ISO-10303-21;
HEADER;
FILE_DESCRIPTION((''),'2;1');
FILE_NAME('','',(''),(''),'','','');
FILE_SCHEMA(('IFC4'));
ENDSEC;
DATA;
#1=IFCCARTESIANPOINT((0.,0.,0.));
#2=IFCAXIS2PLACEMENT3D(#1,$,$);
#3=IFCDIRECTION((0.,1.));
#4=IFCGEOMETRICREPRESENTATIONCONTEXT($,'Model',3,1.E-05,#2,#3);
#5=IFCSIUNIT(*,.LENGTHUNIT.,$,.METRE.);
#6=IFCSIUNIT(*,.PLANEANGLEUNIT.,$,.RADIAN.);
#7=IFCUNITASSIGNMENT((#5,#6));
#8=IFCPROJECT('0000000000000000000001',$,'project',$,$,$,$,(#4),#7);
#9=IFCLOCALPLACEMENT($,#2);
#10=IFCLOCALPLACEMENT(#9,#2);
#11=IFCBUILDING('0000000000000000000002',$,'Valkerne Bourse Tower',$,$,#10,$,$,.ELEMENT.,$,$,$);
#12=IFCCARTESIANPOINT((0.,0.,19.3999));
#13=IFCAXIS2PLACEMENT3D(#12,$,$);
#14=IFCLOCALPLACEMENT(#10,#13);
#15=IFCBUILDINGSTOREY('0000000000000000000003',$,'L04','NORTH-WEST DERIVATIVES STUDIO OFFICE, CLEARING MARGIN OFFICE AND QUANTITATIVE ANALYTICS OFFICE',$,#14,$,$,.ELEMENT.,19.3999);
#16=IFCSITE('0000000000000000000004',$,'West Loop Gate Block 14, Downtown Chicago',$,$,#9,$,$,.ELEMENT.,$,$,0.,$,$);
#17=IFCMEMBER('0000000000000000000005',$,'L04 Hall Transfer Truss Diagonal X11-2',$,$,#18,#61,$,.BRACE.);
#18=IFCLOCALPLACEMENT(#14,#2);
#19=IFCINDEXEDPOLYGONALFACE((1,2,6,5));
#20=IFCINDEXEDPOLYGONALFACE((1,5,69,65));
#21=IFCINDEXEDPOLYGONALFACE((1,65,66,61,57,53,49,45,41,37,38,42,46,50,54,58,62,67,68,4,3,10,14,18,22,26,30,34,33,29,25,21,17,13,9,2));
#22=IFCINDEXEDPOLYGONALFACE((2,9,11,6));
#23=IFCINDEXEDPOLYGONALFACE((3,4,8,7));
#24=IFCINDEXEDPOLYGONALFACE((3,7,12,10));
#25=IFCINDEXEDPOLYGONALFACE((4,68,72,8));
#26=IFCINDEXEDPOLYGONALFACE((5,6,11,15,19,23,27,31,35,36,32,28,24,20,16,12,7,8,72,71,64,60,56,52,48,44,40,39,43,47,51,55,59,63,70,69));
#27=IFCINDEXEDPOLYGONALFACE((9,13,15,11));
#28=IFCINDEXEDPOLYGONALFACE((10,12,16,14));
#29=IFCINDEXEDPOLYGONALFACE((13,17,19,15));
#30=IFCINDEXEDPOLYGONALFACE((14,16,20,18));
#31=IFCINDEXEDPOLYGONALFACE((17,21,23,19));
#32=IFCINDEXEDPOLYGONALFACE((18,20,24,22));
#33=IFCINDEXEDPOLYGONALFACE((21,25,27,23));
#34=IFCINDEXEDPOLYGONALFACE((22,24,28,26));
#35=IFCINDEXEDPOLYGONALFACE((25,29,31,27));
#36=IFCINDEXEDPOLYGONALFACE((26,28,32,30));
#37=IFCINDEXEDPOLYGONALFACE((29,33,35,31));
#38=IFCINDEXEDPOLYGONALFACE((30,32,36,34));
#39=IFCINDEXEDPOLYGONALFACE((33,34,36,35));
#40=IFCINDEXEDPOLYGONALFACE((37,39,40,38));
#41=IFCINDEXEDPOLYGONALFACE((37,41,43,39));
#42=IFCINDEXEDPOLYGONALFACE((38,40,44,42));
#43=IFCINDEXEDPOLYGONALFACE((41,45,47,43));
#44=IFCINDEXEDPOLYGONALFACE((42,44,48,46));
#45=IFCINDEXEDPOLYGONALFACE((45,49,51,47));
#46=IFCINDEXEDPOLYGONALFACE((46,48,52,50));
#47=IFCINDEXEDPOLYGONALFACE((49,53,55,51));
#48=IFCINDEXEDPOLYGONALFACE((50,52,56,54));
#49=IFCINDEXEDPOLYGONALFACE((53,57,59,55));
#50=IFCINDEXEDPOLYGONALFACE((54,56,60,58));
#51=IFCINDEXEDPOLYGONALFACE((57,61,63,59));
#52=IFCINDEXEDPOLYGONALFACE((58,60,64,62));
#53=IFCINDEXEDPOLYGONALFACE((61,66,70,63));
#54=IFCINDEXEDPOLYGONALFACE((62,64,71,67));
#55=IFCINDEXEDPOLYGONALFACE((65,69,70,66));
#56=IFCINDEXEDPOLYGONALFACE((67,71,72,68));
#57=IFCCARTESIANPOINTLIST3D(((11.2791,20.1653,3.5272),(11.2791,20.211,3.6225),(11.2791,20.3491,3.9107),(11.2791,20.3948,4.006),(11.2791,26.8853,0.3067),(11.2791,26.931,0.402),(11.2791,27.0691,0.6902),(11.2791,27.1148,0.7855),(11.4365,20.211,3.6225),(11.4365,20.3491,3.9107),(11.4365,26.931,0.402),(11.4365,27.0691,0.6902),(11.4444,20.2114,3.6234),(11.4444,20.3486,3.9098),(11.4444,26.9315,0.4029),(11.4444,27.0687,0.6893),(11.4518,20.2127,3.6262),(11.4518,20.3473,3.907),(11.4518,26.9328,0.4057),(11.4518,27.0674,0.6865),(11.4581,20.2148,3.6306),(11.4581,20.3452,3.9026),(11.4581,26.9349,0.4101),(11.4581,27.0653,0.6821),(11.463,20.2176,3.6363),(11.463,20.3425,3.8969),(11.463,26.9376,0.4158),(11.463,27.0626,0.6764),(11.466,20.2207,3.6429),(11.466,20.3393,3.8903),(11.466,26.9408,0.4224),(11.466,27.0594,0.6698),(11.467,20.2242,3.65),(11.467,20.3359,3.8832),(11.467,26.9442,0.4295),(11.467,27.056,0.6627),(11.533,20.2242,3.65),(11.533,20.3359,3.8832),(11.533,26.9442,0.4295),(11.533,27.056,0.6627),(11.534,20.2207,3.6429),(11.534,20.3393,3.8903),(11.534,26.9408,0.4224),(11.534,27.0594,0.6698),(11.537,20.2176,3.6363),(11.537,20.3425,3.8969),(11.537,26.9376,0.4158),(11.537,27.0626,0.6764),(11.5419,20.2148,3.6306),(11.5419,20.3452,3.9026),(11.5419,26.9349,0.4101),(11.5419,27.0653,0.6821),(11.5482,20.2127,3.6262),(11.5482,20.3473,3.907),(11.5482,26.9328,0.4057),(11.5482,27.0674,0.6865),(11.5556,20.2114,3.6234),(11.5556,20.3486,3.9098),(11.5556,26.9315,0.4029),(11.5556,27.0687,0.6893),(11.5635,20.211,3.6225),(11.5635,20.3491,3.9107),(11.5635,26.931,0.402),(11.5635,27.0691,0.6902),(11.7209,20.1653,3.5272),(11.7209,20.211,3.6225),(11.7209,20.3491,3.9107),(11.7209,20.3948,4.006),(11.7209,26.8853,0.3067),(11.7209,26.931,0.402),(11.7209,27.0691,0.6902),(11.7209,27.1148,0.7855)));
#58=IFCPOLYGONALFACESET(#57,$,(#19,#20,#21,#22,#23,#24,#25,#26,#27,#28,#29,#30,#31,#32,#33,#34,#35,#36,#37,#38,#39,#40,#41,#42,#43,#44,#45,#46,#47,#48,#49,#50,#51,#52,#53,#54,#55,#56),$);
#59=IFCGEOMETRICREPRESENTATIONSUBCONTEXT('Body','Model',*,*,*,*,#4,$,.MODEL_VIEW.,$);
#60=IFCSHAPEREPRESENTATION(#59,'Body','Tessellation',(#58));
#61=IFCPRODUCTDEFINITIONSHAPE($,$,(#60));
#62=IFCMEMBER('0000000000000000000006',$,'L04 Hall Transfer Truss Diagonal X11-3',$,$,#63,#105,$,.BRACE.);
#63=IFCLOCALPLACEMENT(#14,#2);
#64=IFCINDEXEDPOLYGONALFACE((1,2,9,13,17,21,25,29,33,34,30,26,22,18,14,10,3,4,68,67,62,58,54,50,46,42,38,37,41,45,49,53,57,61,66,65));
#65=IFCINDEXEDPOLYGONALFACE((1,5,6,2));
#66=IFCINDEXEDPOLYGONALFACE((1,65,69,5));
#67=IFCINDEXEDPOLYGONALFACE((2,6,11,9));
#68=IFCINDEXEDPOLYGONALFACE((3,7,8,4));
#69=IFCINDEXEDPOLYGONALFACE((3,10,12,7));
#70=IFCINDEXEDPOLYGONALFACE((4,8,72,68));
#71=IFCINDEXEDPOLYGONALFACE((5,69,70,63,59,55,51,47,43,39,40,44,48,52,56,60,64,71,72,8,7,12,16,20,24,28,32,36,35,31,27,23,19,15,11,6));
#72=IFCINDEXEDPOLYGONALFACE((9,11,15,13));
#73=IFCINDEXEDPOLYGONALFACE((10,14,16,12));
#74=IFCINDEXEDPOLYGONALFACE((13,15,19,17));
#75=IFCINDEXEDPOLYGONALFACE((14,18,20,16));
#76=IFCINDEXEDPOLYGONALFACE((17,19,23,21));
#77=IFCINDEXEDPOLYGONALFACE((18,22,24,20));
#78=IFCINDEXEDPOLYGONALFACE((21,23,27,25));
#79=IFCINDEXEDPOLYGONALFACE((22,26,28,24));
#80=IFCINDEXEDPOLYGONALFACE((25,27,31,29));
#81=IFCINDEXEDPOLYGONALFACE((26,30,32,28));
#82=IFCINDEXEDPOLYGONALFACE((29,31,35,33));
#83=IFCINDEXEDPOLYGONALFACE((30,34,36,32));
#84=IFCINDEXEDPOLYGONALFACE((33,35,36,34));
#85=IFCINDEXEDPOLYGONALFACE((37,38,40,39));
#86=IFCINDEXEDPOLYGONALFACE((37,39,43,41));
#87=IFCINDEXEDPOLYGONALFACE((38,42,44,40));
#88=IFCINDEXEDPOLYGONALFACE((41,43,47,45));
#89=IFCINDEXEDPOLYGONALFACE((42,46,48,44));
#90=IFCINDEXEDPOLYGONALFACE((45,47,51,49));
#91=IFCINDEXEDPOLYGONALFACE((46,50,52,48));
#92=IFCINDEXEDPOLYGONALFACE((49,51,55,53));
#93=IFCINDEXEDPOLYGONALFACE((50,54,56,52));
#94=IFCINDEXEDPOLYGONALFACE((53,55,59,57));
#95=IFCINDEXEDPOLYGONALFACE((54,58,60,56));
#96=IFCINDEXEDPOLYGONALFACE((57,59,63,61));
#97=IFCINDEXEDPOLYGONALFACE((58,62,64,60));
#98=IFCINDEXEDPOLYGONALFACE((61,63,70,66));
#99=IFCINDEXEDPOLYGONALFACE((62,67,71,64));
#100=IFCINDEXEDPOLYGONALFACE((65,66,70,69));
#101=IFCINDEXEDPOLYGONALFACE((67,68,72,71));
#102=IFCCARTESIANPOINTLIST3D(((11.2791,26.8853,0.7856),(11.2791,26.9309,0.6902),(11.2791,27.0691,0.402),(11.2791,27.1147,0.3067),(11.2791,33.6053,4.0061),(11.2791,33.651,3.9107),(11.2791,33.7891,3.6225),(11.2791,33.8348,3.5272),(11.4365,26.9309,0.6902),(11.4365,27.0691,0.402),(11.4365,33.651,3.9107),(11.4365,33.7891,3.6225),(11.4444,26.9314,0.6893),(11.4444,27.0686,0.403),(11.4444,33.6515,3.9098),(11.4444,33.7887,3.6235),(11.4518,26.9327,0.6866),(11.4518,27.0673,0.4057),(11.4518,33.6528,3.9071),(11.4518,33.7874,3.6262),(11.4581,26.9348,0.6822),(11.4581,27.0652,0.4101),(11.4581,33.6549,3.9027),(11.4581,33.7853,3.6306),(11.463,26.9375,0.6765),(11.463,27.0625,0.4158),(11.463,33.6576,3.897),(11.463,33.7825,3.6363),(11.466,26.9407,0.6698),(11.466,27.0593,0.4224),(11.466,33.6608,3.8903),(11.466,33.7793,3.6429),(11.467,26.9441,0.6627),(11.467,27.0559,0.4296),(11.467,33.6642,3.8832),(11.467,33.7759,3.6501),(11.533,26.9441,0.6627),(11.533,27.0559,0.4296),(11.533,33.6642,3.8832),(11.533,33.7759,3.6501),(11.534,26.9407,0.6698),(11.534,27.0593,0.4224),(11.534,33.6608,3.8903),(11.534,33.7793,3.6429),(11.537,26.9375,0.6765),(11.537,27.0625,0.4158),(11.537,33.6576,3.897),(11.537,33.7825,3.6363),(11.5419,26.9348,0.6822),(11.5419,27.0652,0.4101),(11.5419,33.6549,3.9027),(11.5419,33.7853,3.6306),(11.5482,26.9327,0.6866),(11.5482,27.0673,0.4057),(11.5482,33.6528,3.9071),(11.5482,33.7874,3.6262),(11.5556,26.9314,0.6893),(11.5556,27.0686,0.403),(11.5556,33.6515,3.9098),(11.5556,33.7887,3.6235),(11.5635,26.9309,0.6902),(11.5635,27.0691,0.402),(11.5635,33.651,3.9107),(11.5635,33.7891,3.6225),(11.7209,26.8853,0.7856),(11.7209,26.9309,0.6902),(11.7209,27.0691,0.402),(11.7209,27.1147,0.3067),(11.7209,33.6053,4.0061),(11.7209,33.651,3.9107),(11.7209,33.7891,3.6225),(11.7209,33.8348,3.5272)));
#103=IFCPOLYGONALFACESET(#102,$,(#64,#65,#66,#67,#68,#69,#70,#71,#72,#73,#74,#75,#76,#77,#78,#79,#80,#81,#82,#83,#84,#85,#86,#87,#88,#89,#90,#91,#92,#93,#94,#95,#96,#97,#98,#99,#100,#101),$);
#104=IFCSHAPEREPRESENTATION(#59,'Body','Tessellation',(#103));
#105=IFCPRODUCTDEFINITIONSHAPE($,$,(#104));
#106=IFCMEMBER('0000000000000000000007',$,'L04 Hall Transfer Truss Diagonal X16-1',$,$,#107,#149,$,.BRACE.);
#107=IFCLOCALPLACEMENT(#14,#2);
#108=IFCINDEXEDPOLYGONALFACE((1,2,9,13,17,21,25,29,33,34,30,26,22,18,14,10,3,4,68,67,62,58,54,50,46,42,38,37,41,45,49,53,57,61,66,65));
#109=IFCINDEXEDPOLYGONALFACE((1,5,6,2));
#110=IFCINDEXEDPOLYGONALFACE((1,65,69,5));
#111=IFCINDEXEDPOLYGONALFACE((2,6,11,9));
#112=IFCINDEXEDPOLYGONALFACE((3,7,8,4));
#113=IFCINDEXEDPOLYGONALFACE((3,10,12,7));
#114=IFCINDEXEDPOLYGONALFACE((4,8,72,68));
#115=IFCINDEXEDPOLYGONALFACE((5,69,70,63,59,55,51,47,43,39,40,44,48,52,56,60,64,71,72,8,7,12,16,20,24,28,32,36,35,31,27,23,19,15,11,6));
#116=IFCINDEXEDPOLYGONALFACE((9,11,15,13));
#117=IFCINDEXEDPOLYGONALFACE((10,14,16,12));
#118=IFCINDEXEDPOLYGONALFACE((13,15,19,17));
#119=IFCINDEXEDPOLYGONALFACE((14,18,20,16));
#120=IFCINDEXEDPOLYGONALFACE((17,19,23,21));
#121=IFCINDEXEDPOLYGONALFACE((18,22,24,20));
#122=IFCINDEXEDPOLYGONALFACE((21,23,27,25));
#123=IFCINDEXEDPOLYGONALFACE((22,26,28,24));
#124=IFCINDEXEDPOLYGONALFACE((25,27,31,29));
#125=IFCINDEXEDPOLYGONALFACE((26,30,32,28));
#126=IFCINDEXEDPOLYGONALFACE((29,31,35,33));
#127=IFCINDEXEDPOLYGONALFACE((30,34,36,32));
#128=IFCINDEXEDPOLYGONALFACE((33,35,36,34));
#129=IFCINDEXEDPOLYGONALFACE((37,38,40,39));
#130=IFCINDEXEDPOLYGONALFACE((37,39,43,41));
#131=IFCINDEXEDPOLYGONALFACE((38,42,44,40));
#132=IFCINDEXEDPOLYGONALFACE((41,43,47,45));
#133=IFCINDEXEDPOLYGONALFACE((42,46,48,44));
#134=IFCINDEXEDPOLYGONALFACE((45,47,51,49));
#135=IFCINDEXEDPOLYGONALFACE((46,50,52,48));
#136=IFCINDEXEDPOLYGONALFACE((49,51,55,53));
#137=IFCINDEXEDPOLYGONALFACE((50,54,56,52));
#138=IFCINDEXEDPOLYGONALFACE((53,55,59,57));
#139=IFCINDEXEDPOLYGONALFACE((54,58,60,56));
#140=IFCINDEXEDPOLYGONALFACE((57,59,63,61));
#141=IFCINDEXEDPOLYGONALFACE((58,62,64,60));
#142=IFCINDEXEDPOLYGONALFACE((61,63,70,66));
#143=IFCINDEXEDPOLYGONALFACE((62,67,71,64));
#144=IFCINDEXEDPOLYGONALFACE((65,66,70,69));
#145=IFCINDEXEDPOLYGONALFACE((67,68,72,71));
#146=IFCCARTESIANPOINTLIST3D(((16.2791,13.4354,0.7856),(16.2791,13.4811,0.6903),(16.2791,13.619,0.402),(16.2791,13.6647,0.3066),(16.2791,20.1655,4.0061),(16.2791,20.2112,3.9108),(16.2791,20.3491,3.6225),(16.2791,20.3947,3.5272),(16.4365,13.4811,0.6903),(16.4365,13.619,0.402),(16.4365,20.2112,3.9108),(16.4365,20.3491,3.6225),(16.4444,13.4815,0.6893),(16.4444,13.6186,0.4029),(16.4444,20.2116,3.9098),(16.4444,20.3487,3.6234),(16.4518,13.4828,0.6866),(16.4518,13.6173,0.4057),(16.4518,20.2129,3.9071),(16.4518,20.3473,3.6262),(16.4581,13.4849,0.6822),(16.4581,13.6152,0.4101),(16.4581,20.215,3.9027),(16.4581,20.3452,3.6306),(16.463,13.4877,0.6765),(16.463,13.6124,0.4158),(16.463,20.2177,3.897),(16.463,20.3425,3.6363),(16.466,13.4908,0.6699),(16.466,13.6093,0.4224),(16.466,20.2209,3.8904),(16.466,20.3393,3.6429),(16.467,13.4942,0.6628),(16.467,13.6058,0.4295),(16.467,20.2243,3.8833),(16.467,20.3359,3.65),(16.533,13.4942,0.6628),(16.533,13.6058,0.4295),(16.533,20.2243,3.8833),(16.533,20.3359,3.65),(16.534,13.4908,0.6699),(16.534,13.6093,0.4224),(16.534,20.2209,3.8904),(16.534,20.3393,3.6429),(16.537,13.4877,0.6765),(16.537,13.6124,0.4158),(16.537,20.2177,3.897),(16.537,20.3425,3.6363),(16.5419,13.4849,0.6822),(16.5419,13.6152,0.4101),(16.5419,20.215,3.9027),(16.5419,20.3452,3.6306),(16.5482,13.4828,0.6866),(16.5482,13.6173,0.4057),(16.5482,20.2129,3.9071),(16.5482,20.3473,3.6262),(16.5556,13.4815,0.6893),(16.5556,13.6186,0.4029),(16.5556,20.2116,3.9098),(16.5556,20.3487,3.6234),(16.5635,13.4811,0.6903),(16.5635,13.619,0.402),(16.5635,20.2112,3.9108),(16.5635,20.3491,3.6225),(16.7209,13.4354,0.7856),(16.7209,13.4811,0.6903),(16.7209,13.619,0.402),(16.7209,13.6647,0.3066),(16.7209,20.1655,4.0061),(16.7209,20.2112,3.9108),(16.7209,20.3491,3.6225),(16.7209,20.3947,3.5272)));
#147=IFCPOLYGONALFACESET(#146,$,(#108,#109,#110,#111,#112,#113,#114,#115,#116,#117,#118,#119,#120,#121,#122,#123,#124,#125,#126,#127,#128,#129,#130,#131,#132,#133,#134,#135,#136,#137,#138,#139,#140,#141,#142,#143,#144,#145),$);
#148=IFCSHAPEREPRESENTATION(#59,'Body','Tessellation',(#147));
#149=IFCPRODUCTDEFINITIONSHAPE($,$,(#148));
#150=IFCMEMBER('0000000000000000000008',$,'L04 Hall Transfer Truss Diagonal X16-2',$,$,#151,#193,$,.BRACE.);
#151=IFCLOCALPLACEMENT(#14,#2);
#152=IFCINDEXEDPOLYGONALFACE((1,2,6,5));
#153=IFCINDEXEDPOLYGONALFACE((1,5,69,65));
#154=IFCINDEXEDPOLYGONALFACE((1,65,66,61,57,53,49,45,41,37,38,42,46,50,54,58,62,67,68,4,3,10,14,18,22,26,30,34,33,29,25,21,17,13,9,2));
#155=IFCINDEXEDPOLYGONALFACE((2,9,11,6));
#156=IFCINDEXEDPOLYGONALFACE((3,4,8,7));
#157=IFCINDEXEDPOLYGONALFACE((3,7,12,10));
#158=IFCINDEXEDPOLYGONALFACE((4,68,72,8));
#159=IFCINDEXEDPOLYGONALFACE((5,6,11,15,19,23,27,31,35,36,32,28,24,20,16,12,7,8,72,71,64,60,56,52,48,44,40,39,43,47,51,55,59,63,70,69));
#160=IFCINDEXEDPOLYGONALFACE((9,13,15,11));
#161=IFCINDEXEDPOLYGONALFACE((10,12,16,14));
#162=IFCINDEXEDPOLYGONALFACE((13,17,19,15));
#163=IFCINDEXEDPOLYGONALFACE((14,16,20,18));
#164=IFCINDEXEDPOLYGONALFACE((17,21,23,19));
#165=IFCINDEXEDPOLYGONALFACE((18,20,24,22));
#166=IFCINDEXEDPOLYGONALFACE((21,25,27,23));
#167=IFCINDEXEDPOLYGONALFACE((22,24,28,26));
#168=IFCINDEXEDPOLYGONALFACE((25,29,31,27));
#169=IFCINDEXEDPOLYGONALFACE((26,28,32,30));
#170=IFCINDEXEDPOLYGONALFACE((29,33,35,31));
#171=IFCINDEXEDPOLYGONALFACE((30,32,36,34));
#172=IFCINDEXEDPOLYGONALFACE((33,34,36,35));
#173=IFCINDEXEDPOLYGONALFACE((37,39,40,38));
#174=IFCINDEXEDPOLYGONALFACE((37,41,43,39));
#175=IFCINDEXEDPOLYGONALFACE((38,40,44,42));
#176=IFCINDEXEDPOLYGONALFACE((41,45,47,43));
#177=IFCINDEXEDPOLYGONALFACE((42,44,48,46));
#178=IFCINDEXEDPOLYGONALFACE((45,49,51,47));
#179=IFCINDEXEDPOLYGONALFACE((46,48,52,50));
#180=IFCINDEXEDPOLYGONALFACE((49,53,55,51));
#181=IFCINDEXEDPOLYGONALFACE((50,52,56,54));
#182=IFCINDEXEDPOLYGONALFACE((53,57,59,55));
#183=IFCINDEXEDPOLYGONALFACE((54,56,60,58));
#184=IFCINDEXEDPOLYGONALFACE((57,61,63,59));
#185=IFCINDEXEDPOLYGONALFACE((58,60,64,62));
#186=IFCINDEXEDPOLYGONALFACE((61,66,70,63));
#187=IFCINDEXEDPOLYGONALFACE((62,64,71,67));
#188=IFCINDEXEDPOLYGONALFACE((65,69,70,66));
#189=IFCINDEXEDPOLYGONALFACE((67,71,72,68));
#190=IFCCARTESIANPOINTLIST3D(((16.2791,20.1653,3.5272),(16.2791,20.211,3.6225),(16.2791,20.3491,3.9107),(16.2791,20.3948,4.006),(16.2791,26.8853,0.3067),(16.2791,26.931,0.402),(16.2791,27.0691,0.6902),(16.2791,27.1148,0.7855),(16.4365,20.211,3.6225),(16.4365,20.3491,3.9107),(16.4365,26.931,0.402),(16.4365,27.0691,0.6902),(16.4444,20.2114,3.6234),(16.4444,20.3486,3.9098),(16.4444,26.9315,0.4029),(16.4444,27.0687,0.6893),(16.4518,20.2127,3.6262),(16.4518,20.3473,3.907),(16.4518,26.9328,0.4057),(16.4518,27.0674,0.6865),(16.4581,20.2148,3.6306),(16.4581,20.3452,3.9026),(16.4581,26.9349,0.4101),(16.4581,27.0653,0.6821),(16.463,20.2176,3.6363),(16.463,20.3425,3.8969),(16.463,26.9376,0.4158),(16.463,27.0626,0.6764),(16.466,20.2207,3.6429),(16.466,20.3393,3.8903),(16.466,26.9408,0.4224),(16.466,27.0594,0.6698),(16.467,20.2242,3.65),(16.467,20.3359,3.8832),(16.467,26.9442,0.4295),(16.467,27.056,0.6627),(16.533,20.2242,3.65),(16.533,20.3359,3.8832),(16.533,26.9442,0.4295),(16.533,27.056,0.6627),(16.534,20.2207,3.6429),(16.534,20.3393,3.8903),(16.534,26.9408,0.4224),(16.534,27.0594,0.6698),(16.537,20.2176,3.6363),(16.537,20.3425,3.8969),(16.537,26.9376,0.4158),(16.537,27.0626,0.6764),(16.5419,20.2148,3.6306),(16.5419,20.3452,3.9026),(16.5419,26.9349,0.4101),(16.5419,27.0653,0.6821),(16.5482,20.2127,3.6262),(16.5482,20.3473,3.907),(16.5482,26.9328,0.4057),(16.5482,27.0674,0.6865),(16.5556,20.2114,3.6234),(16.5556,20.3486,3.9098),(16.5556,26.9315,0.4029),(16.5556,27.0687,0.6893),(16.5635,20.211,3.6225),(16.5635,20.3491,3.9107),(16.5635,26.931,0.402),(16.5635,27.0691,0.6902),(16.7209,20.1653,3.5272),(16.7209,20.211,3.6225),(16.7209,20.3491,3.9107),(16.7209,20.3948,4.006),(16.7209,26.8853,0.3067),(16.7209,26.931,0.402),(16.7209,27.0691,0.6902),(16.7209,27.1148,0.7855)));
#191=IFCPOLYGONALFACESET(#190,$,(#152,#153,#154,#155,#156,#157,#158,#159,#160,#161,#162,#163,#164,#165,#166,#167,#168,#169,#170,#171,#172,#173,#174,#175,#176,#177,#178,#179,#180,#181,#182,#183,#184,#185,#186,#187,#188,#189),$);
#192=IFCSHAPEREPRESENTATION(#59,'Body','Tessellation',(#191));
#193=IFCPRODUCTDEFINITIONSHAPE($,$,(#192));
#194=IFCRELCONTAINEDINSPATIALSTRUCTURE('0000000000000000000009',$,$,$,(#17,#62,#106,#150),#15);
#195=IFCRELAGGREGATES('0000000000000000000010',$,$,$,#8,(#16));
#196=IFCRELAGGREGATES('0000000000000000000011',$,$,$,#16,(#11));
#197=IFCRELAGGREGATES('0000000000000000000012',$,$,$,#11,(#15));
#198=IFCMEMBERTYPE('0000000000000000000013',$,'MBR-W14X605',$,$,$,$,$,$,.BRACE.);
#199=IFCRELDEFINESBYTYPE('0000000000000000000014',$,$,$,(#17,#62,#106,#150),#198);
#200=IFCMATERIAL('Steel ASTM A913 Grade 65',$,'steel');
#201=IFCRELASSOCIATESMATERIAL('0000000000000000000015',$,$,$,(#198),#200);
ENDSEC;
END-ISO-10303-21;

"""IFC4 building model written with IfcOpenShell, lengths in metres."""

from ifc_helpers import new_model, si_unit, direction, frame, origin, origin_2d, place, context, subcontext, project, spatial, i_section, extrude, material, material_profile, profile_set, type_object, element, save


model = new_model("IFC4")

# Units and contexts
model_context = context("Model", 3, precision=1e-05, world=origin(), true_north=direction((0.0, 1.0)))
body_context = subcontext(model_context, "Body", "Model", "MODEL_VIEW")
ifc_project = project(units=[si_unit("LENGTHUNIT", "METRE"), si_unit("PLANEANGLEUNIT", "RADIAN")], contexts=[model_context])

# Site, building, storey
site_placement = place(None, origin())
site = spatial("IfcSite", under=ifc_project, at=site_placement, Name="West Loop Gate Block 14, Downtown Chicago", CompositionType="ELEMENT", RefElevation=0.0)
building_placement = place(site_placement, origin())
building = spatial("IfcBuilding", under=site, at=building_placement, Name="Valkerne Bourse Tower", CompositionType="ELEMENT")
storey_placement = place(building_placement, frame((0.0, 0.0, 19.3999)))
storey = spatial("IfcBuildingStorey", under=building, at=storey_placement, Name="L04", Description="NORTH-WEST DERIVATIVES STUDIO OFFICE, CLEARING MARGIN OFFICE AND QUANTITATIVE ANALYTICS OFFICE", CompositionType="ELEMENT", Elevation=19.3999)

# Shared definitions
ifc_material_1 = material(Name="Steel ASTM A913 Grade 65", Category="steel")

# Members
ifc_material_profile_1 = material_profile(ifc_material_1, i_section(OverallWidth=0.4419, OverallDepth=0.531, WebThickness=0.0659, FlangeThickness=0.1057, FilletRadius=0.0305, at=origin_2d()), Name="W14X605")
ifc_profile_set_1 = profile_set([ifc_material_profile_1], Name="Steel ASTM A913 Grade 65")
member_type_1 = type_object("IfcMemberType", Name="MBR-W14X605", PredefinedType="BRACE", material=ifc_profile_set_1)
for number, where, z_axis, x_axis, name in (
    (1, (11.5, 20.28, 3.7666), (0.0, 0.901791, -0.432172), (-1.0, 0.0, 0.0), "L04 Hall Transfer Truss Diagonal X11-2"),
    (2, (11.5, 27.0, 0.5461), (0.0, 0.901791, 0.432172), (-1.0, 0.0, 0.0), "L04 Hall Transfer Truss Diagonal X11-3"),
):
    element("IfcMember", number, at=place(storey_placement, frame(where, z_axis=z_axis, x_axis=x_axis)), inside=storey, type_object=member_type_1, Name=name, PredefinedType="BRACE", context=body_context, shape_type="SweptSolid", body=[
        extrude(i_section(OverallWidth=0.4419, OverallDepth=0.531, WebThickness=0.0659, FlangeThickness=0.1057, FilletRadius=0.0305, at=origin_2d()), origin(), (0.0, 0.0, 1.0), 7.4519),
    ])
member_1_placement = place(storey_placement, frame((16.5, 13.55, 0.5461), z_axis=(0.0, 0.902042, 0.431649), x_axis=(-1.0, 0.0, 0.0)))
element("IfcMember", 3, at=member_1_placement, inside=storey, type_object=member_type_1, Name="L04 Hall Transfer Truss Diagonal X16-1", PredefinedType="BRACE", context=body_context, shape_type="SweptSolid", body=[
    extrude(i_section(OverallWidth=0.4419, OverallDepth=0.531, WebThickness=0.0659, FlangeThickness=0.1057, FilletRadius=0.0305, at=origin_2d()), origin(), (0.0, 0.0, 1.0), 7.4609),
])
member_2_placement = place(storey_placement, frame((16.5, 20.28, 3.7666), z_axis=(0.0, 0.901791, -0.432172), x_axis=(-1.0, 0.0, 0.0)))
element("IfcMember", 4, at=member_2_placement, inside=storey, type_object=member_type_1, Name="L04 Hall Transfer Truss Diagonal X16-2", PredefinedType="BRACE", context=body_context, shape_type="SweptSolid", body=[
    extrude(i_section(OverallWidth=0.4419, OverallDepth=0.531, WebThickness=0.0659, FlangeThickness=0.1057, FilletRadius=0.0305, at=origin_2d()), origin(), (0.0, 0.0, 1.0), 7.4519),
])

save(model, "model.ifc")
